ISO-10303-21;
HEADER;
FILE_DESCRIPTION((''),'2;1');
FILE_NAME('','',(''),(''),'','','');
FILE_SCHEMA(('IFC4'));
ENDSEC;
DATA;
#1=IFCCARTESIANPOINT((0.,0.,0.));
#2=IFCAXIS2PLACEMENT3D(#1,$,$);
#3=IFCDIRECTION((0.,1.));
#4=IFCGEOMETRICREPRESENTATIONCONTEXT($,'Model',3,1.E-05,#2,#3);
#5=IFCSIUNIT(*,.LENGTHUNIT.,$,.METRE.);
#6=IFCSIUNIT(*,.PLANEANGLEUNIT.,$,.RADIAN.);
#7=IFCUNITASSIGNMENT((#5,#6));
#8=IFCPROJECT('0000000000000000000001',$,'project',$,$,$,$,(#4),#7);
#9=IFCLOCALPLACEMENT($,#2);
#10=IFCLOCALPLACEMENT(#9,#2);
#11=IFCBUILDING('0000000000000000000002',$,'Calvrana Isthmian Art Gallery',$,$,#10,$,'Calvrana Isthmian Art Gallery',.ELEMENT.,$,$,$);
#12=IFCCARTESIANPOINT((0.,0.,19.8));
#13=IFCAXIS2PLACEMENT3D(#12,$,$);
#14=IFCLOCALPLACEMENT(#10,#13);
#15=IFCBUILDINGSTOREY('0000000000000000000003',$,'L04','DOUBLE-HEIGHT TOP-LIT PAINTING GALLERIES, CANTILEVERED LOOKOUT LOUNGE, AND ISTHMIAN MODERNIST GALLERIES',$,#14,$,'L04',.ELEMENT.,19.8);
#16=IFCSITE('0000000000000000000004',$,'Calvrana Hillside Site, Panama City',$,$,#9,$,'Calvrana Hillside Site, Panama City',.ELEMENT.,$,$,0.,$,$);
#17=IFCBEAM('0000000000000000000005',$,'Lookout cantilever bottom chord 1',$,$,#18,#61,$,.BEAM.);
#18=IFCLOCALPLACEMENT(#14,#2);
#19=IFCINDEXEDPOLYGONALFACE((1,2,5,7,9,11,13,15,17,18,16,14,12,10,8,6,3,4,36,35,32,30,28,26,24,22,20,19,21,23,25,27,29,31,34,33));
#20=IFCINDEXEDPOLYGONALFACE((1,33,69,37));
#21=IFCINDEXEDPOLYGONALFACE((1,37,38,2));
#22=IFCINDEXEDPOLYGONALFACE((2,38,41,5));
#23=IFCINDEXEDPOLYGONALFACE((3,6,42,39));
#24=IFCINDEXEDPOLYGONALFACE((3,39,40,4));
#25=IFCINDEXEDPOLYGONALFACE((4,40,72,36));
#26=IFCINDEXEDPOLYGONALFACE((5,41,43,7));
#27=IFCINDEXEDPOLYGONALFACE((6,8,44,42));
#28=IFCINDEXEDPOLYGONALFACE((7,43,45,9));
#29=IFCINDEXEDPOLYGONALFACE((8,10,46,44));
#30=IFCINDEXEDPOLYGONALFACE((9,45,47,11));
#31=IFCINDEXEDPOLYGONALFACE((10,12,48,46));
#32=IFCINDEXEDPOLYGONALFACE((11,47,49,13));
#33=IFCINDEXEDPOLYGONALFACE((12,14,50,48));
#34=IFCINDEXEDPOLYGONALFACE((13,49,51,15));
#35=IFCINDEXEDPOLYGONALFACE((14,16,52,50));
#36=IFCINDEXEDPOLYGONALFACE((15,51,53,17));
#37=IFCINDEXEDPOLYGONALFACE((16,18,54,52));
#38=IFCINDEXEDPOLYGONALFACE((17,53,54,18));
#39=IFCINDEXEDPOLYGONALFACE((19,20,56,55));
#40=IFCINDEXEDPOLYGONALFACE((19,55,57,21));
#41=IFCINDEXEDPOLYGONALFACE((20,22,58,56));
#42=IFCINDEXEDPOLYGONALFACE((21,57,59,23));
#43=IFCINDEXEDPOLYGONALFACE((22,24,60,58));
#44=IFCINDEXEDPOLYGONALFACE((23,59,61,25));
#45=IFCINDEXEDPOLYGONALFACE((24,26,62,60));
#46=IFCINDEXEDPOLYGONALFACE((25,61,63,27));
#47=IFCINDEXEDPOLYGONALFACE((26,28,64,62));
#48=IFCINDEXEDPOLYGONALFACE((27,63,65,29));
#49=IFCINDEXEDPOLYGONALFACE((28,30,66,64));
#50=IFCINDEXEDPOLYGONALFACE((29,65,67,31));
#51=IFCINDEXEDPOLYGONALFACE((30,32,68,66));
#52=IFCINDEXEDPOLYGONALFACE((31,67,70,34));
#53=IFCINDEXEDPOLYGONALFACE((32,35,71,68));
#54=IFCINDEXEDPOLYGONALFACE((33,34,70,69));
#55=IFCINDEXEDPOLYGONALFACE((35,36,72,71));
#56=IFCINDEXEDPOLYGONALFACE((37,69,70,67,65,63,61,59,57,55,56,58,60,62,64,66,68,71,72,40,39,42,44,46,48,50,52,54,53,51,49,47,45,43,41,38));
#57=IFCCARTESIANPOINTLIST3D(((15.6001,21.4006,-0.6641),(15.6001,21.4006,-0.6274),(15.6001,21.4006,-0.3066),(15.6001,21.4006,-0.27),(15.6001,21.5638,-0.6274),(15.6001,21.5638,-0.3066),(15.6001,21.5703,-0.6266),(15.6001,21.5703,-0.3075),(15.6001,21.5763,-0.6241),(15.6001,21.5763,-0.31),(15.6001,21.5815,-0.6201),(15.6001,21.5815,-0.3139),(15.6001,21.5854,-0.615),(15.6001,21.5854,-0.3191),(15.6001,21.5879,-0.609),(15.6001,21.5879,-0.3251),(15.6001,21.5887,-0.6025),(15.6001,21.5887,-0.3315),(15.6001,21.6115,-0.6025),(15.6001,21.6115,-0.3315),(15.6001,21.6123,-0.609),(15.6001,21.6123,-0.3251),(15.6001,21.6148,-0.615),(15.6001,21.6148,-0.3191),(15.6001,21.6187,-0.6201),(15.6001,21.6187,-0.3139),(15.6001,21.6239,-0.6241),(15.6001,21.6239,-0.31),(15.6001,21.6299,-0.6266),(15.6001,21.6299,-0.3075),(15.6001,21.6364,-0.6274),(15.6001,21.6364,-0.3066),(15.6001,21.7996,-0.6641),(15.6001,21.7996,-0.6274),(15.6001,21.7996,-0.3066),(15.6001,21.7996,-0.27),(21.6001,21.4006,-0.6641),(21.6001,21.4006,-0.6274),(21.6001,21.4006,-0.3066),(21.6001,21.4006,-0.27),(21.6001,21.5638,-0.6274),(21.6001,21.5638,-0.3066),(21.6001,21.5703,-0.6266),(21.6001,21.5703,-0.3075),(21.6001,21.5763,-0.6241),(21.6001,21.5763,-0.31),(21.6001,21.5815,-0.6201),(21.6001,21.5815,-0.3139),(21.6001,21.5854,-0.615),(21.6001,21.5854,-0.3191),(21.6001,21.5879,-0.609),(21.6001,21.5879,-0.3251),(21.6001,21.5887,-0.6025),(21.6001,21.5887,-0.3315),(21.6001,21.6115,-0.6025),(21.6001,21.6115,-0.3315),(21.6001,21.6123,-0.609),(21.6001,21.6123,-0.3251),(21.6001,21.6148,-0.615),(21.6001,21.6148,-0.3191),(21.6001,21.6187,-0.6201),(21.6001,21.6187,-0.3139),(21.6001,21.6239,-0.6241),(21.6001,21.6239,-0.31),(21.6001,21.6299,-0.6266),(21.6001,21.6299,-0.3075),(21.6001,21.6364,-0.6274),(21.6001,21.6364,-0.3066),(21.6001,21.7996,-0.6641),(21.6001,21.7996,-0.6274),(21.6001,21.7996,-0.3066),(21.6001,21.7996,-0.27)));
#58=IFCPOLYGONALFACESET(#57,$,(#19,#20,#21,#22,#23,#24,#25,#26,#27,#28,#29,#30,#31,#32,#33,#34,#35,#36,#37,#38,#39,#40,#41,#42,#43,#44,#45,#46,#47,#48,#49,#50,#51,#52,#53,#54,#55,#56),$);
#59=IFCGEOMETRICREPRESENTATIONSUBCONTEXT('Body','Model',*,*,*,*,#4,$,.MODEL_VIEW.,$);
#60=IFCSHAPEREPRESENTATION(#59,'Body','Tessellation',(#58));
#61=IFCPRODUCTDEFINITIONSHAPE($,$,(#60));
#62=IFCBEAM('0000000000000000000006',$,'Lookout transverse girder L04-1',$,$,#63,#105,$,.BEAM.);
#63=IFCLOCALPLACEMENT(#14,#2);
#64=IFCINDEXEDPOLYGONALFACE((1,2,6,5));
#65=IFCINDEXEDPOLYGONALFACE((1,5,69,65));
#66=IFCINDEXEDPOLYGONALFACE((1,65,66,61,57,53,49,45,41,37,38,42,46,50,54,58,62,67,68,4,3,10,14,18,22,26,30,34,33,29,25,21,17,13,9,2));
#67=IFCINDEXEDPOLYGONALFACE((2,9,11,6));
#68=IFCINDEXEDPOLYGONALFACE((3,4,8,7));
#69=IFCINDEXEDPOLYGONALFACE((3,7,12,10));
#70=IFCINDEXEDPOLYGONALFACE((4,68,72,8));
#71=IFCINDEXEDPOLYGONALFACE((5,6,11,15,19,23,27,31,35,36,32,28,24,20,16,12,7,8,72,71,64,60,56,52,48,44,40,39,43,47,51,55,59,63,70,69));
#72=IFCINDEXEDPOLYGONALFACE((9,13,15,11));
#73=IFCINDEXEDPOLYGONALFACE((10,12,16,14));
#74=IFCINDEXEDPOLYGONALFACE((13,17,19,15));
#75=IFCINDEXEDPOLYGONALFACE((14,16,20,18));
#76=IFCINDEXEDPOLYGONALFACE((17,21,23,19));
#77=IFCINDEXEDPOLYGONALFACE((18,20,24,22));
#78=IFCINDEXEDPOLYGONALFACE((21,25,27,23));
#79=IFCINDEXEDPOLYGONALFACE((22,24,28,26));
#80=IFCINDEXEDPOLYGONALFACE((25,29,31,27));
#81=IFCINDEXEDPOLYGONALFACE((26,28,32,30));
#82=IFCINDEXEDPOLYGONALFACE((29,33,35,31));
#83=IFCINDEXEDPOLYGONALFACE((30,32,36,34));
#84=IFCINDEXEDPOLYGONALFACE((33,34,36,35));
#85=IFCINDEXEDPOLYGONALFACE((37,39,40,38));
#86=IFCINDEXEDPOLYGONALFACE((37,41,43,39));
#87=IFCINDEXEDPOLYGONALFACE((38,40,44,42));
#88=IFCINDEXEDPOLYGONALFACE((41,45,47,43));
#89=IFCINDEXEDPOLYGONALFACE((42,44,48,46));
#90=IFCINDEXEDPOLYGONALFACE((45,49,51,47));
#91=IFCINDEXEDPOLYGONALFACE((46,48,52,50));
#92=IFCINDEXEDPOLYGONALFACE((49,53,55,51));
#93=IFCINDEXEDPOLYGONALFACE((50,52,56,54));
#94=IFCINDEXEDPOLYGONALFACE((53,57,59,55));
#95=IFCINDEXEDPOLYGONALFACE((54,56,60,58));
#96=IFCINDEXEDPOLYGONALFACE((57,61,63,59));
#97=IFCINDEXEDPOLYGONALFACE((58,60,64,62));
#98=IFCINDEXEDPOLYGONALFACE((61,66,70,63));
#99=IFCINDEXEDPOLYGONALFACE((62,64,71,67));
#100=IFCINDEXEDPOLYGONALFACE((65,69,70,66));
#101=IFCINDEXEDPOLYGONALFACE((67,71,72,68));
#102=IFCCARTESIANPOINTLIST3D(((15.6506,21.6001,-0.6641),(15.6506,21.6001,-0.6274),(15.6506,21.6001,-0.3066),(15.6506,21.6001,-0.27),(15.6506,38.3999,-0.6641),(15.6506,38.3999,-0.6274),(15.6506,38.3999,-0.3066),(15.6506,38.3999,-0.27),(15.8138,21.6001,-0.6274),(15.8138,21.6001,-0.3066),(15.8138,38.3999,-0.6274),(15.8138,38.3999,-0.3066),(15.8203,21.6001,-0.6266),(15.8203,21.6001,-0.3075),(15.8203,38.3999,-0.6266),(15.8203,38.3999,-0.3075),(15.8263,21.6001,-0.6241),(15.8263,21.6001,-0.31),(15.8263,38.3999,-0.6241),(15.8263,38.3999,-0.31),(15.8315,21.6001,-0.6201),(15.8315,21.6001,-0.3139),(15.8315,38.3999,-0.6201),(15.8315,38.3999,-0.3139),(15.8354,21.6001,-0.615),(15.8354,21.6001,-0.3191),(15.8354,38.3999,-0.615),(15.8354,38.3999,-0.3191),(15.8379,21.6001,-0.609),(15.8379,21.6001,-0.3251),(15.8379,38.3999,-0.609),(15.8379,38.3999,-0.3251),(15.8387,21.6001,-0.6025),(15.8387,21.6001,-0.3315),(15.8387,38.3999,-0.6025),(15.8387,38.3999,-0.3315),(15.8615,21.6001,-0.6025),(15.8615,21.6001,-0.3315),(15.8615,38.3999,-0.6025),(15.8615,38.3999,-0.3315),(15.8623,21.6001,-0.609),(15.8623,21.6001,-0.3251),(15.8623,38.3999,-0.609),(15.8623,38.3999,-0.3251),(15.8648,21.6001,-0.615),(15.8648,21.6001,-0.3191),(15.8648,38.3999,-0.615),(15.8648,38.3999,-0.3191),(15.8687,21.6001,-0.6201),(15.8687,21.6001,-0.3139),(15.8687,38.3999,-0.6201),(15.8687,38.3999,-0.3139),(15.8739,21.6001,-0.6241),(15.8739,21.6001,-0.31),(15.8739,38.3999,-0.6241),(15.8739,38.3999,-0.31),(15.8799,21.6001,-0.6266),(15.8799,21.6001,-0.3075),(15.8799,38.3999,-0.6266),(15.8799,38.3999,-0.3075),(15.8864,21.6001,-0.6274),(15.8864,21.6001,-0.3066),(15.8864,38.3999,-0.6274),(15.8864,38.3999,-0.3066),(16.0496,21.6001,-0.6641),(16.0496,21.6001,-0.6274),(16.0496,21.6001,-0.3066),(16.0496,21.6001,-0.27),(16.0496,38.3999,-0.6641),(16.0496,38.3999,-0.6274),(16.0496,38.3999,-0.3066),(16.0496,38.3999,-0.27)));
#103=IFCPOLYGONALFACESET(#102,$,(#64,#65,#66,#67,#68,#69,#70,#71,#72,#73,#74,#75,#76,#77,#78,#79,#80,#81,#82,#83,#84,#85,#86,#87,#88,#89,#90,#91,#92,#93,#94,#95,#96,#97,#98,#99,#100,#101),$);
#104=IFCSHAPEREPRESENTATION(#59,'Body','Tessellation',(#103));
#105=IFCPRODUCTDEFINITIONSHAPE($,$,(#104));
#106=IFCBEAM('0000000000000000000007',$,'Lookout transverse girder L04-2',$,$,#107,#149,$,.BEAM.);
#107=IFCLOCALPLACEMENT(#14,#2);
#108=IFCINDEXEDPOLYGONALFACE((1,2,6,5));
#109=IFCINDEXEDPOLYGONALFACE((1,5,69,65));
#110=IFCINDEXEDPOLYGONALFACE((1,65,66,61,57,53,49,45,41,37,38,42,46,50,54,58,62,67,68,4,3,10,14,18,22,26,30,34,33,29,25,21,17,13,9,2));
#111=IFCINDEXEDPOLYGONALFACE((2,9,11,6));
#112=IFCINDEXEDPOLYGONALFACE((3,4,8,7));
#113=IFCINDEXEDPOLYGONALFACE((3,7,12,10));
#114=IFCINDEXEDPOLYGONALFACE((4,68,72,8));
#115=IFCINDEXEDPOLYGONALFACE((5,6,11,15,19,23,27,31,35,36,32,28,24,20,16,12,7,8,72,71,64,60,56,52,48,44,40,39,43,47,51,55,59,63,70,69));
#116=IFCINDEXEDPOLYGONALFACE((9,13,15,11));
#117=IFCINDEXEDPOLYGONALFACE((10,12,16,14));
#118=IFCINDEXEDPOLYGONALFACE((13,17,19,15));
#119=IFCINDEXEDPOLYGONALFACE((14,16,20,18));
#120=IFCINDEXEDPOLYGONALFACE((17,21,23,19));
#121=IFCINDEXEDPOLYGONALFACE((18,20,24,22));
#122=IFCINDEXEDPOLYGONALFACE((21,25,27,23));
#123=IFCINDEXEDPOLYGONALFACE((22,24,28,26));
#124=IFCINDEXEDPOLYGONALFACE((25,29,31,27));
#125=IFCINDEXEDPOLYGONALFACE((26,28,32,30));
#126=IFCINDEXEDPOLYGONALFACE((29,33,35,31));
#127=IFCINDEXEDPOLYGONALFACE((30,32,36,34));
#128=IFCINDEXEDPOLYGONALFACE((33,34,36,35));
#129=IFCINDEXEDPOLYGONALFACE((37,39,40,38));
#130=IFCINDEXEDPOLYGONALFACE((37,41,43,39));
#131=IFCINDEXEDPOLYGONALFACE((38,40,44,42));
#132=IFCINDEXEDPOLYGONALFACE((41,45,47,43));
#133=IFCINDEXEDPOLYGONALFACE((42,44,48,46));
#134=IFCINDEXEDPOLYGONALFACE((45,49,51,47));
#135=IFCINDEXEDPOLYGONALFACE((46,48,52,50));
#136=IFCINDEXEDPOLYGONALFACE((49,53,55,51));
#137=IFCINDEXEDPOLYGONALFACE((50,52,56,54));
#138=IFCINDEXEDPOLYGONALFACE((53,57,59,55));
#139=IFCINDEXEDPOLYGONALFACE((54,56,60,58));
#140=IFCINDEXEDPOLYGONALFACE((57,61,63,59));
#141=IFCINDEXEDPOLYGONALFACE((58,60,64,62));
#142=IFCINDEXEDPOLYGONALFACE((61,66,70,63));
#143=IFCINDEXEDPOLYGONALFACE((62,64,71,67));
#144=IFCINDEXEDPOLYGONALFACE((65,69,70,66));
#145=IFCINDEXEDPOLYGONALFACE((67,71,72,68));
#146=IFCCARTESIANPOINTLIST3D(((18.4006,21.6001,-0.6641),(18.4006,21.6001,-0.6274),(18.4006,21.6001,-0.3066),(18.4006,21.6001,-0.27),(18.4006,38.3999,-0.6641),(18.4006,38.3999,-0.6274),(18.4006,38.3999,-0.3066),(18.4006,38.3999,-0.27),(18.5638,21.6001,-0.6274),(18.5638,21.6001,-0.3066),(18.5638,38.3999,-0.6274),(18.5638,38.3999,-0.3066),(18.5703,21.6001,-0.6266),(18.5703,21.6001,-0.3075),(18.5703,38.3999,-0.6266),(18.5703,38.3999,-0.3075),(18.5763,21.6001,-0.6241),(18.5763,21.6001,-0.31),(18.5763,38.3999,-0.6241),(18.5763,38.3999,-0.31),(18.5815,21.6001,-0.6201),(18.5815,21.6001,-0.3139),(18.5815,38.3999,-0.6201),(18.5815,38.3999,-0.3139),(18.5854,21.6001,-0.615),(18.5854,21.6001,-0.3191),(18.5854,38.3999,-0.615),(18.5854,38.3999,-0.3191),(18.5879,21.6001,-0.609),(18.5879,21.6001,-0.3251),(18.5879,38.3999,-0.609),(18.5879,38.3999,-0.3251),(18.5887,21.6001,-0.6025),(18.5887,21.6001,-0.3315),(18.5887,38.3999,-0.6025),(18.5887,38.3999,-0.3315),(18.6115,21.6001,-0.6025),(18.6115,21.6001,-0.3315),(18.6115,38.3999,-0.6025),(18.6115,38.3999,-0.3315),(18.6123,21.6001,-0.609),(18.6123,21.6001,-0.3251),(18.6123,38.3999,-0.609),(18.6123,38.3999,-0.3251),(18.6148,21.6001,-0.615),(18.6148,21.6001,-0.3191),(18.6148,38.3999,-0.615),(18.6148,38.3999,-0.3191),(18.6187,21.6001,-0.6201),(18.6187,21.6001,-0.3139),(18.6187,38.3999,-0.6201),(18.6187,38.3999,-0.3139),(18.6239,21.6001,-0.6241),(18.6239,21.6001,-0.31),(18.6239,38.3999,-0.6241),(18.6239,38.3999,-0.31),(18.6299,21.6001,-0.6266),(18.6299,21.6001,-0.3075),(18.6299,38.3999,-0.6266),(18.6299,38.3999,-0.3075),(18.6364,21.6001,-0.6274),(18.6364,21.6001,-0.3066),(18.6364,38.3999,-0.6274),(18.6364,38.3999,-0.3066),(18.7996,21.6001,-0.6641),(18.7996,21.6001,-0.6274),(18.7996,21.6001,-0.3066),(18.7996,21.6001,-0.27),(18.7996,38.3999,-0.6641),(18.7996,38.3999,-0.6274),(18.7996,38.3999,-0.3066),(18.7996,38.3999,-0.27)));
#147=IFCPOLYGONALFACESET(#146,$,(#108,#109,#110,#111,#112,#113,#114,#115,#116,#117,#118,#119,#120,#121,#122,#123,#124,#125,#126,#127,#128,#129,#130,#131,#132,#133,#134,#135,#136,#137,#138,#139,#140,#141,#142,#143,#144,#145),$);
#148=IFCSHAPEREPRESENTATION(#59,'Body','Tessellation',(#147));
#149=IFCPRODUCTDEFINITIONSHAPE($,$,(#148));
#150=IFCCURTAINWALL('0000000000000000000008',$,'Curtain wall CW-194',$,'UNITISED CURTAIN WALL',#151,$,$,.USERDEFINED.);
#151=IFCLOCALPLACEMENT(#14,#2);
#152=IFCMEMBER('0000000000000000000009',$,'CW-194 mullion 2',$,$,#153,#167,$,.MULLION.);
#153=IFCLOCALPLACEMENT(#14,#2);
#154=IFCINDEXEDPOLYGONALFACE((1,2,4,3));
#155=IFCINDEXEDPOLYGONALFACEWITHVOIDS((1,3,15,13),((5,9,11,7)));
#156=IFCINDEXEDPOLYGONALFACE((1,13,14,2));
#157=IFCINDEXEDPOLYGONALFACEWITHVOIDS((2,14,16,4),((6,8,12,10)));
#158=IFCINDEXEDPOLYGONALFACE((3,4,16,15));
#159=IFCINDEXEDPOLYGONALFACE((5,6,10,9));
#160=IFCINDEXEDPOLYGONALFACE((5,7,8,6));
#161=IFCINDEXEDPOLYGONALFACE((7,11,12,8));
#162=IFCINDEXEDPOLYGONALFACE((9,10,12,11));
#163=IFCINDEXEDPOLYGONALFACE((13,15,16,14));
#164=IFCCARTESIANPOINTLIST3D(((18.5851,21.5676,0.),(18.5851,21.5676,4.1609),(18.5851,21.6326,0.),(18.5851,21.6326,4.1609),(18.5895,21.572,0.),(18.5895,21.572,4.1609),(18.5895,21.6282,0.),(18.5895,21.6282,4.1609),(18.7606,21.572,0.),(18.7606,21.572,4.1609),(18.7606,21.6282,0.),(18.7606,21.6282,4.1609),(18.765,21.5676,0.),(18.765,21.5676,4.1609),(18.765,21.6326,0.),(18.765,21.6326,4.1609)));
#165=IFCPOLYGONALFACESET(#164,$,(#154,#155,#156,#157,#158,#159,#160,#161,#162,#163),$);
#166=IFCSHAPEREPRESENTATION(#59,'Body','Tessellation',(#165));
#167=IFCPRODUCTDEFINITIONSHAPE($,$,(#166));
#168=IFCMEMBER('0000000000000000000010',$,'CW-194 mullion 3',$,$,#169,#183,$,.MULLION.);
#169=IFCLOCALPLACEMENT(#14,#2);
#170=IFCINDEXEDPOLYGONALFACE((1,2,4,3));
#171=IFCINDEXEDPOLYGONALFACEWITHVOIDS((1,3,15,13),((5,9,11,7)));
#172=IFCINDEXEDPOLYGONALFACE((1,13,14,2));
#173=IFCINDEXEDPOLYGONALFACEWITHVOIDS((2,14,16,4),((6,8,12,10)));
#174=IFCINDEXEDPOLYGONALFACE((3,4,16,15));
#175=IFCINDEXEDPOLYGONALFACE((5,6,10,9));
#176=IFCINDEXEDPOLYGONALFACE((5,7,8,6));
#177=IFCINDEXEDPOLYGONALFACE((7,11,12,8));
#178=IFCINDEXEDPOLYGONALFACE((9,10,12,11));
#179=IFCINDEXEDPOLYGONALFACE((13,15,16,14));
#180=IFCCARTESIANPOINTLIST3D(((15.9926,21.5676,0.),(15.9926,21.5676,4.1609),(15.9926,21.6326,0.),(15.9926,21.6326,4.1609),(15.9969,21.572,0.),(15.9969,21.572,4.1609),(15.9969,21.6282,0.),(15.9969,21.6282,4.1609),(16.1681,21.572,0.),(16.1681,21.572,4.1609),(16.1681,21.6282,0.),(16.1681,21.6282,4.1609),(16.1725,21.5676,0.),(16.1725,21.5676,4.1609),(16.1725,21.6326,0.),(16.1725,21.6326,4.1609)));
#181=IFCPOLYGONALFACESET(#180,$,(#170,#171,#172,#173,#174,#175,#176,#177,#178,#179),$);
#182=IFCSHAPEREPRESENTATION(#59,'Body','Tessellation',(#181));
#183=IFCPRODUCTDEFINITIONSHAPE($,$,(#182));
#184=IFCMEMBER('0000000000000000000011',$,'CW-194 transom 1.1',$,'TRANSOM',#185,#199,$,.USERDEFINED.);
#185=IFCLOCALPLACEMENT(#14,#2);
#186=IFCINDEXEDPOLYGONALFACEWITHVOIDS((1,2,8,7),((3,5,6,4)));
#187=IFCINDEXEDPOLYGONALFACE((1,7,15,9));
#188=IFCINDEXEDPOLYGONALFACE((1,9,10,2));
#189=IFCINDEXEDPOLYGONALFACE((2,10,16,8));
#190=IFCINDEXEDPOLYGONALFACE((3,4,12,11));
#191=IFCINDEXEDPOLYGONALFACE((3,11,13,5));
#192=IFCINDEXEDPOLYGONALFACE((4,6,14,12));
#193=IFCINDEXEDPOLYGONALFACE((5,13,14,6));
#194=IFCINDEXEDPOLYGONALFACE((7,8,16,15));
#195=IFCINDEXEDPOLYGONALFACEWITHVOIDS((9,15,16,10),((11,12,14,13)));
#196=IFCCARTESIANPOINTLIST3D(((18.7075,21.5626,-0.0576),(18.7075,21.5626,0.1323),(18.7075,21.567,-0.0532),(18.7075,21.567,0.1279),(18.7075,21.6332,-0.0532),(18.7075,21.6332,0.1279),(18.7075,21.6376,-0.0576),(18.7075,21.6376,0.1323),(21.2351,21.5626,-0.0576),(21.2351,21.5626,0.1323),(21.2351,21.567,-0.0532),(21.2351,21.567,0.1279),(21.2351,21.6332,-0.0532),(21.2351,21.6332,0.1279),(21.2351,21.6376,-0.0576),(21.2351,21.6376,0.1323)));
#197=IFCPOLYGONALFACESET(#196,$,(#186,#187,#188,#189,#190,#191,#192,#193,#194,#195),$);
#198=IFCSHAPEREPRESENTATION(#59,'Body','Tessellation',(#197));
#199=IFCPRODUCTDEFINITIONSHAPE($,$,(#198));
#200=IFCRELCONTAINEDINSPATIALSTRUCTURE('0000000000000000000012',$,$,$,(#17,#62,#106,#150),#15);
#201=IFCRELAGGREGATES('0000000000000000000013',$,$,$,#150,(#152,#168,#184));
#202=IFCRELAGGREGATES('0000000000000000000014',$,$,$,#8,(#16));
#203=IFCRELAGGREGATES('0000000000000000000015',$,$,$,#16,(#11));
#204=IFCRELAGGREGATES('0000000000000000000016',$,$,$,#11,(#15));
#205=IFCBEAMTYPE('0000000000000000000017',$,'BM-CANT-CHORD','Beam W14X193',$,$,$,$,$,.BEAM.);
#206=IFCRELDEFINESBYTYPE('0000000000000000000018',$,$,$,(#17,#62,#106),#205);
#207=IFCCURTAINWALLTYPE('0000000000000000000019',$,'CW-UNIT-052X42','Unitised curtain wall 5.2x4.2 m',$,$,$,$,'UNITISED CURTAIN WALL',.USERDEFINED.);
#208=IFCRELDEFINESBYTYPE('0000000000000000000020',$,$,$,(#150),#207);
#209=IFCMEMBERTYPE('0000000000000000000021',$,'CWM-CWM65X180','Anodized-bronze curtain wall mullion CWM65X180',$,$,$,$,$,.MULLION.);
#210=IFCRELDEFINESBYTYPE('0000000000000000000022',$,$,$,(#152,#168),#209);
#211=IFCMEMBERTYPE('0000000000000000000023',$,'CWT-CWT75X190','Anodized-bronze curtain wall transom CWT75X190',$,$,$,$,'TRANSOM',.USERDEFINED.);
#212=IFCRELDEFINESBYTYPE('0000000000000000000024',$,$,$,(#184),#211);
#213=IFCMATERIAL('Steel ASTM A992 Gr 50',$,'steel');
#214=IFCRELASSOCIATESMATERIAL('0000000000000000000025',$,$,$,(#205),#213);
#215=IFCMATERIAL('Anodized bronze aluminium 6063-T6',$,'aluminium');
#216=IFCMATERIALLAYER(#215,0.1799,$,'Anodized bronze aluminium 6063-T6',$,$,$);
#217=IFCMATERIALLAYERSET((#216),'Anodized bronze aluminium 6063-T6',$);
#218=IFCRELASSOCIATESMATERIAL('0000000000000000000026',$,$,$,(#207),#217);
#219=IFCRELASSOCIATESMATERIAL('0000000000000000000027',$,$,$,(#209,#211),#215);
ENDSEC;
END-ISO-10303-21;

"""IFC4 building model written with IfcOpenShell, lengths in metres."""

from ifc_helpers import new_model, si_unit, direction, frame, origin, origin_2d, place, context, subcontext, project, spatial, hollow_rectangle, i_section, extrude, material, layer, layer_set, material_profile, profile_set, type_object, element, aggregate, save


model = new_model("IFC4")

# Units and contexts
model_context = context("Model", 3, precision=1e-05, world=origin(), true_north=direction((0.0, 1.0)))
body_context = subcontext(model_context, "Body", "Model", "MODEL_VIEW")
ifc_project = project(units=[si_unit("LENGTHUNIT", "METRE"), si_unit("PLANEANGLEUNIT", "RADIAN")], contexts=[model_context])

# Site, building, storey
site_placement = place(None, origin())
site = spatial("IfcSite", under=ifc_project, at=site_placement, Name="Calvrana Hillside Site, Panama City", LongName="Calvrana Hillside Site, Panama City", CompositionType="ELEMENT", RefElevation=0.0)
building_placement = place(site_placement, origin())
building = spatial("IfcBuilding", under=site, at=building_placement, Name="Calvrana Isthmian Art Gallery", LongName="Calvrana Isthmian Art Gallery", CompositionType="ELEMENT")
storey_placement = place(building_placement, frame((0.0, 0.0, 19.8)))
storey = spatial("IfcBuildingStorey", under=building, at=storey_placement, Name="L04", Description="DOUBLE-HEIGHT TOP-LIT PAINTING GALLERIES, CANTILEVERED LOOKOUT LOUNGE, AND ISTHMIAN MODERNIST GALLERIES", LongName="L04", CompositionType="ELEMENT", Elevation=19.8)

# Beams
ifc_material_1 = material(Name="Steel ASTM A992 Gr 50", Category="steel")
ifc_material_profile_1 = material_profile(ifc_material_1, i_section(OverallWidth=0.3989, OverallDepth=0.394, WebThickness=0.0227, FlangeThickness=0.0366, FilletRadius=0.0249, at=origin_2d()), Name="W14X193")
ifc_profile_set_1 = profile_set([ifc_material_profile_1], Name="Steel ASTM A992 Gr 50")
beam_type = type_object("IfcBeamType", Name="BM-CANT-CHORD", Description="Beam W14X193", PredefinedType="BEAM", material=ifc_profile_set_1)
beam_placement = place(storey_placement, frame((15.6001, 21.6001, -0.467), z_axis=(1.0, 0.0, 0.0), x_axis=(0.0, 1.0, 0.0)))
element("IfcBeam", 1, at=beam_placement, inside=storey, type_object=beam_type, Name="Lookout cantilever bottom chord 1", PredefinedType="BEAM", context=body_context, shape_type="SweptSolid", body=[
    extrude(i_section(OverallWidth=0.3989, OverallDepth=0.394, WebThickness=0.0227, FlangeThickness=0.0366, FilletRadius=0.0249, at=origin_2d()), origin(), (0.0, 0.0, 1.0), 6.0),
])
for number, where, z_axis, x_axis, name in (
    (2, (15.8501, 21.6001, -0.467), (0.0, 1.0, 0.0), (-1.0, 0.0, 0.0), "Lookout transverse girder L04-1"),
    (3, (18.6001, 21.6001, -0.467), (0.0, 1.0, 0.0), (-1.0, 0.0, 0.0), "Lookout transverse girder L04-2"),
):
    element("IfcBeam", number, at=place(storey_placement, frame(where, z_axis=z_axis, x_axis=x_axis)), inside=storey, type_object=beam_type, Name=name, PredefinedType="BEAM", context=body_context, shape_type="SweptSolid", body=[
        extrude(i_section(OverallWidth=0.3989, OverallDepth=0.394, WebThickness=0.0227, FlangeThickness=0.0366, FilletRadius=0.0249, at=origin_2d()), origin(), (0.0, 0.0, 1.0), 16.7998),
    ])

# Curtain wall, members
ifc_material_2 = material(Name="Anodized bronze aluminium 6063-T6", Category="aluminium")
ifc_layer_1 = layer(ifc_material_2, 0.1799, Name="Anodized bronze aluminium 6063-T6")
ifc_layer_set_1 = layer_set([ifc_layer_1], Name="Anodized bronze aluminium 6063-T6")
curtain_wall_type = type_object("IfcCurtainWallType", Name="CW-UNIT-052X42", Description="Unitised curtain wall 5.2x4.2 m", ElementType="UNITISED CURTAIN WALL", PredefinedType="USERDEFINED", material=ifc_layer_set_1)
curtain_wall_placement = place(storey_placement, origin())
curtain_wall = element("IfcCurtainWall", 4, at=curtain_wall_placement, inside=storey, type_object=curtain_wall_type, Name="Curtain wall CW-194", ObjectType="UNITISED CURTAIN WALL", PredefinedType="USERDEFINED")
ifc_material_profile_2 = material_profile(ifc_material_2, hollow_rectangle(XDim=0.0649, YDim=0.1799, WallThickness=0.0044, at=origin_2d()), Name="CWM65X180")
ifc_profile_set_2 = profile_set([ifc_material_profile_2], Name="Anodized bronze aluminium 6063-T6")
member_type_1 = type_object("IfcMemberType", Name="CWM-CWM65X180", Description="Anodized-bronze curtain wall mullion CWM65X180", PredefinedType="MULLION", material=ifc_profile_set_2)
member_1_placement = place(storey_placement, frame((18.675, 21.6001, 0.0), z_axis=(0.0, 0.0, 1.0), x_axis=(0.0, -1.0, 0.0)))
member_1 = element("IfcMember", 5, at=member_1_placement, type_object=member_type_1, Name="CW-194 mullion 2", PredefinedType="MULLION", context=body_context, shape_type="SweptSolid", body=[
    extrude(hollow_rectangle(XDim=0.0649, YDim=0.1799, WallThickness=0.0044, at=origin_2d()), origin(), (0.0, 0.0, 1.0), 4.1609),
])
member_2_placement = place(storey_placement, frame((16.0825, 21.6001, 0.0), z_axis=(0.0, 0.0, 1.0), x_axis=(0.0, -1.0, 0.0)))
member_2 = element("IfcMember", 6, at=member_2_placement, type_object=member_type_1, Name="CW-194 mullion 3", PredefinedType="MULLION", context=body_context, shape_type="SweptSolid", body=[
    extrude(hollow_rectangle(XDim=0.0649, YDim=0.1799, WallThickness=0.0044, at=origin_2d()), origin(), (0.0, 0.0, 1.0), 4.1609),
])
ifc_material_profile_3 = material_profile(ifc_material_2, hollow_rectangle(XDim=0.075, YDim=0.1899, WallThickness=0.0044, at=origin_2d()), Name="CWT75X190")
ifc_profile_set_3 = profile_set([ifc_material_profile_3], Name="Anodized bronze aluminium 6063-T6")
member_type_2 = type_object("IfcMemberType", Name="CWT-CWT75X190", Description="Anodized-bronze curtain wall transom CWT75X190", ElementType="TRANSOM", PredefinedType="USERDEFINED", material=ifc_profile_set_3)
member_3_placement = place(storey_placement, frame((21.2351, 21.6001, 0.0374), z_axis=(-1.0, 0.0, 0.0), x_axis=(0.0, -1.0, 0.0)))
member_3 = element("IfcMember", 7, at=member_3_placement, type_object=member_type_2, Name="CW-194 transom 1.1", ObjectType="TRANSOM", PredefinedType="USERDEFINED", context=body_context, shape_type="SweptSolid", body=[
    extrude(hollow_rectangle(XDim=0.075, YDim=0.1899, WallThickness=0.0044, at=origin_2d()), origin(), (0.0, 0.0, 1.0), 2.5276),
])

aggregate(curtain_wall, [member_1, member_2, member_3])

save(model, "model.ifc")
